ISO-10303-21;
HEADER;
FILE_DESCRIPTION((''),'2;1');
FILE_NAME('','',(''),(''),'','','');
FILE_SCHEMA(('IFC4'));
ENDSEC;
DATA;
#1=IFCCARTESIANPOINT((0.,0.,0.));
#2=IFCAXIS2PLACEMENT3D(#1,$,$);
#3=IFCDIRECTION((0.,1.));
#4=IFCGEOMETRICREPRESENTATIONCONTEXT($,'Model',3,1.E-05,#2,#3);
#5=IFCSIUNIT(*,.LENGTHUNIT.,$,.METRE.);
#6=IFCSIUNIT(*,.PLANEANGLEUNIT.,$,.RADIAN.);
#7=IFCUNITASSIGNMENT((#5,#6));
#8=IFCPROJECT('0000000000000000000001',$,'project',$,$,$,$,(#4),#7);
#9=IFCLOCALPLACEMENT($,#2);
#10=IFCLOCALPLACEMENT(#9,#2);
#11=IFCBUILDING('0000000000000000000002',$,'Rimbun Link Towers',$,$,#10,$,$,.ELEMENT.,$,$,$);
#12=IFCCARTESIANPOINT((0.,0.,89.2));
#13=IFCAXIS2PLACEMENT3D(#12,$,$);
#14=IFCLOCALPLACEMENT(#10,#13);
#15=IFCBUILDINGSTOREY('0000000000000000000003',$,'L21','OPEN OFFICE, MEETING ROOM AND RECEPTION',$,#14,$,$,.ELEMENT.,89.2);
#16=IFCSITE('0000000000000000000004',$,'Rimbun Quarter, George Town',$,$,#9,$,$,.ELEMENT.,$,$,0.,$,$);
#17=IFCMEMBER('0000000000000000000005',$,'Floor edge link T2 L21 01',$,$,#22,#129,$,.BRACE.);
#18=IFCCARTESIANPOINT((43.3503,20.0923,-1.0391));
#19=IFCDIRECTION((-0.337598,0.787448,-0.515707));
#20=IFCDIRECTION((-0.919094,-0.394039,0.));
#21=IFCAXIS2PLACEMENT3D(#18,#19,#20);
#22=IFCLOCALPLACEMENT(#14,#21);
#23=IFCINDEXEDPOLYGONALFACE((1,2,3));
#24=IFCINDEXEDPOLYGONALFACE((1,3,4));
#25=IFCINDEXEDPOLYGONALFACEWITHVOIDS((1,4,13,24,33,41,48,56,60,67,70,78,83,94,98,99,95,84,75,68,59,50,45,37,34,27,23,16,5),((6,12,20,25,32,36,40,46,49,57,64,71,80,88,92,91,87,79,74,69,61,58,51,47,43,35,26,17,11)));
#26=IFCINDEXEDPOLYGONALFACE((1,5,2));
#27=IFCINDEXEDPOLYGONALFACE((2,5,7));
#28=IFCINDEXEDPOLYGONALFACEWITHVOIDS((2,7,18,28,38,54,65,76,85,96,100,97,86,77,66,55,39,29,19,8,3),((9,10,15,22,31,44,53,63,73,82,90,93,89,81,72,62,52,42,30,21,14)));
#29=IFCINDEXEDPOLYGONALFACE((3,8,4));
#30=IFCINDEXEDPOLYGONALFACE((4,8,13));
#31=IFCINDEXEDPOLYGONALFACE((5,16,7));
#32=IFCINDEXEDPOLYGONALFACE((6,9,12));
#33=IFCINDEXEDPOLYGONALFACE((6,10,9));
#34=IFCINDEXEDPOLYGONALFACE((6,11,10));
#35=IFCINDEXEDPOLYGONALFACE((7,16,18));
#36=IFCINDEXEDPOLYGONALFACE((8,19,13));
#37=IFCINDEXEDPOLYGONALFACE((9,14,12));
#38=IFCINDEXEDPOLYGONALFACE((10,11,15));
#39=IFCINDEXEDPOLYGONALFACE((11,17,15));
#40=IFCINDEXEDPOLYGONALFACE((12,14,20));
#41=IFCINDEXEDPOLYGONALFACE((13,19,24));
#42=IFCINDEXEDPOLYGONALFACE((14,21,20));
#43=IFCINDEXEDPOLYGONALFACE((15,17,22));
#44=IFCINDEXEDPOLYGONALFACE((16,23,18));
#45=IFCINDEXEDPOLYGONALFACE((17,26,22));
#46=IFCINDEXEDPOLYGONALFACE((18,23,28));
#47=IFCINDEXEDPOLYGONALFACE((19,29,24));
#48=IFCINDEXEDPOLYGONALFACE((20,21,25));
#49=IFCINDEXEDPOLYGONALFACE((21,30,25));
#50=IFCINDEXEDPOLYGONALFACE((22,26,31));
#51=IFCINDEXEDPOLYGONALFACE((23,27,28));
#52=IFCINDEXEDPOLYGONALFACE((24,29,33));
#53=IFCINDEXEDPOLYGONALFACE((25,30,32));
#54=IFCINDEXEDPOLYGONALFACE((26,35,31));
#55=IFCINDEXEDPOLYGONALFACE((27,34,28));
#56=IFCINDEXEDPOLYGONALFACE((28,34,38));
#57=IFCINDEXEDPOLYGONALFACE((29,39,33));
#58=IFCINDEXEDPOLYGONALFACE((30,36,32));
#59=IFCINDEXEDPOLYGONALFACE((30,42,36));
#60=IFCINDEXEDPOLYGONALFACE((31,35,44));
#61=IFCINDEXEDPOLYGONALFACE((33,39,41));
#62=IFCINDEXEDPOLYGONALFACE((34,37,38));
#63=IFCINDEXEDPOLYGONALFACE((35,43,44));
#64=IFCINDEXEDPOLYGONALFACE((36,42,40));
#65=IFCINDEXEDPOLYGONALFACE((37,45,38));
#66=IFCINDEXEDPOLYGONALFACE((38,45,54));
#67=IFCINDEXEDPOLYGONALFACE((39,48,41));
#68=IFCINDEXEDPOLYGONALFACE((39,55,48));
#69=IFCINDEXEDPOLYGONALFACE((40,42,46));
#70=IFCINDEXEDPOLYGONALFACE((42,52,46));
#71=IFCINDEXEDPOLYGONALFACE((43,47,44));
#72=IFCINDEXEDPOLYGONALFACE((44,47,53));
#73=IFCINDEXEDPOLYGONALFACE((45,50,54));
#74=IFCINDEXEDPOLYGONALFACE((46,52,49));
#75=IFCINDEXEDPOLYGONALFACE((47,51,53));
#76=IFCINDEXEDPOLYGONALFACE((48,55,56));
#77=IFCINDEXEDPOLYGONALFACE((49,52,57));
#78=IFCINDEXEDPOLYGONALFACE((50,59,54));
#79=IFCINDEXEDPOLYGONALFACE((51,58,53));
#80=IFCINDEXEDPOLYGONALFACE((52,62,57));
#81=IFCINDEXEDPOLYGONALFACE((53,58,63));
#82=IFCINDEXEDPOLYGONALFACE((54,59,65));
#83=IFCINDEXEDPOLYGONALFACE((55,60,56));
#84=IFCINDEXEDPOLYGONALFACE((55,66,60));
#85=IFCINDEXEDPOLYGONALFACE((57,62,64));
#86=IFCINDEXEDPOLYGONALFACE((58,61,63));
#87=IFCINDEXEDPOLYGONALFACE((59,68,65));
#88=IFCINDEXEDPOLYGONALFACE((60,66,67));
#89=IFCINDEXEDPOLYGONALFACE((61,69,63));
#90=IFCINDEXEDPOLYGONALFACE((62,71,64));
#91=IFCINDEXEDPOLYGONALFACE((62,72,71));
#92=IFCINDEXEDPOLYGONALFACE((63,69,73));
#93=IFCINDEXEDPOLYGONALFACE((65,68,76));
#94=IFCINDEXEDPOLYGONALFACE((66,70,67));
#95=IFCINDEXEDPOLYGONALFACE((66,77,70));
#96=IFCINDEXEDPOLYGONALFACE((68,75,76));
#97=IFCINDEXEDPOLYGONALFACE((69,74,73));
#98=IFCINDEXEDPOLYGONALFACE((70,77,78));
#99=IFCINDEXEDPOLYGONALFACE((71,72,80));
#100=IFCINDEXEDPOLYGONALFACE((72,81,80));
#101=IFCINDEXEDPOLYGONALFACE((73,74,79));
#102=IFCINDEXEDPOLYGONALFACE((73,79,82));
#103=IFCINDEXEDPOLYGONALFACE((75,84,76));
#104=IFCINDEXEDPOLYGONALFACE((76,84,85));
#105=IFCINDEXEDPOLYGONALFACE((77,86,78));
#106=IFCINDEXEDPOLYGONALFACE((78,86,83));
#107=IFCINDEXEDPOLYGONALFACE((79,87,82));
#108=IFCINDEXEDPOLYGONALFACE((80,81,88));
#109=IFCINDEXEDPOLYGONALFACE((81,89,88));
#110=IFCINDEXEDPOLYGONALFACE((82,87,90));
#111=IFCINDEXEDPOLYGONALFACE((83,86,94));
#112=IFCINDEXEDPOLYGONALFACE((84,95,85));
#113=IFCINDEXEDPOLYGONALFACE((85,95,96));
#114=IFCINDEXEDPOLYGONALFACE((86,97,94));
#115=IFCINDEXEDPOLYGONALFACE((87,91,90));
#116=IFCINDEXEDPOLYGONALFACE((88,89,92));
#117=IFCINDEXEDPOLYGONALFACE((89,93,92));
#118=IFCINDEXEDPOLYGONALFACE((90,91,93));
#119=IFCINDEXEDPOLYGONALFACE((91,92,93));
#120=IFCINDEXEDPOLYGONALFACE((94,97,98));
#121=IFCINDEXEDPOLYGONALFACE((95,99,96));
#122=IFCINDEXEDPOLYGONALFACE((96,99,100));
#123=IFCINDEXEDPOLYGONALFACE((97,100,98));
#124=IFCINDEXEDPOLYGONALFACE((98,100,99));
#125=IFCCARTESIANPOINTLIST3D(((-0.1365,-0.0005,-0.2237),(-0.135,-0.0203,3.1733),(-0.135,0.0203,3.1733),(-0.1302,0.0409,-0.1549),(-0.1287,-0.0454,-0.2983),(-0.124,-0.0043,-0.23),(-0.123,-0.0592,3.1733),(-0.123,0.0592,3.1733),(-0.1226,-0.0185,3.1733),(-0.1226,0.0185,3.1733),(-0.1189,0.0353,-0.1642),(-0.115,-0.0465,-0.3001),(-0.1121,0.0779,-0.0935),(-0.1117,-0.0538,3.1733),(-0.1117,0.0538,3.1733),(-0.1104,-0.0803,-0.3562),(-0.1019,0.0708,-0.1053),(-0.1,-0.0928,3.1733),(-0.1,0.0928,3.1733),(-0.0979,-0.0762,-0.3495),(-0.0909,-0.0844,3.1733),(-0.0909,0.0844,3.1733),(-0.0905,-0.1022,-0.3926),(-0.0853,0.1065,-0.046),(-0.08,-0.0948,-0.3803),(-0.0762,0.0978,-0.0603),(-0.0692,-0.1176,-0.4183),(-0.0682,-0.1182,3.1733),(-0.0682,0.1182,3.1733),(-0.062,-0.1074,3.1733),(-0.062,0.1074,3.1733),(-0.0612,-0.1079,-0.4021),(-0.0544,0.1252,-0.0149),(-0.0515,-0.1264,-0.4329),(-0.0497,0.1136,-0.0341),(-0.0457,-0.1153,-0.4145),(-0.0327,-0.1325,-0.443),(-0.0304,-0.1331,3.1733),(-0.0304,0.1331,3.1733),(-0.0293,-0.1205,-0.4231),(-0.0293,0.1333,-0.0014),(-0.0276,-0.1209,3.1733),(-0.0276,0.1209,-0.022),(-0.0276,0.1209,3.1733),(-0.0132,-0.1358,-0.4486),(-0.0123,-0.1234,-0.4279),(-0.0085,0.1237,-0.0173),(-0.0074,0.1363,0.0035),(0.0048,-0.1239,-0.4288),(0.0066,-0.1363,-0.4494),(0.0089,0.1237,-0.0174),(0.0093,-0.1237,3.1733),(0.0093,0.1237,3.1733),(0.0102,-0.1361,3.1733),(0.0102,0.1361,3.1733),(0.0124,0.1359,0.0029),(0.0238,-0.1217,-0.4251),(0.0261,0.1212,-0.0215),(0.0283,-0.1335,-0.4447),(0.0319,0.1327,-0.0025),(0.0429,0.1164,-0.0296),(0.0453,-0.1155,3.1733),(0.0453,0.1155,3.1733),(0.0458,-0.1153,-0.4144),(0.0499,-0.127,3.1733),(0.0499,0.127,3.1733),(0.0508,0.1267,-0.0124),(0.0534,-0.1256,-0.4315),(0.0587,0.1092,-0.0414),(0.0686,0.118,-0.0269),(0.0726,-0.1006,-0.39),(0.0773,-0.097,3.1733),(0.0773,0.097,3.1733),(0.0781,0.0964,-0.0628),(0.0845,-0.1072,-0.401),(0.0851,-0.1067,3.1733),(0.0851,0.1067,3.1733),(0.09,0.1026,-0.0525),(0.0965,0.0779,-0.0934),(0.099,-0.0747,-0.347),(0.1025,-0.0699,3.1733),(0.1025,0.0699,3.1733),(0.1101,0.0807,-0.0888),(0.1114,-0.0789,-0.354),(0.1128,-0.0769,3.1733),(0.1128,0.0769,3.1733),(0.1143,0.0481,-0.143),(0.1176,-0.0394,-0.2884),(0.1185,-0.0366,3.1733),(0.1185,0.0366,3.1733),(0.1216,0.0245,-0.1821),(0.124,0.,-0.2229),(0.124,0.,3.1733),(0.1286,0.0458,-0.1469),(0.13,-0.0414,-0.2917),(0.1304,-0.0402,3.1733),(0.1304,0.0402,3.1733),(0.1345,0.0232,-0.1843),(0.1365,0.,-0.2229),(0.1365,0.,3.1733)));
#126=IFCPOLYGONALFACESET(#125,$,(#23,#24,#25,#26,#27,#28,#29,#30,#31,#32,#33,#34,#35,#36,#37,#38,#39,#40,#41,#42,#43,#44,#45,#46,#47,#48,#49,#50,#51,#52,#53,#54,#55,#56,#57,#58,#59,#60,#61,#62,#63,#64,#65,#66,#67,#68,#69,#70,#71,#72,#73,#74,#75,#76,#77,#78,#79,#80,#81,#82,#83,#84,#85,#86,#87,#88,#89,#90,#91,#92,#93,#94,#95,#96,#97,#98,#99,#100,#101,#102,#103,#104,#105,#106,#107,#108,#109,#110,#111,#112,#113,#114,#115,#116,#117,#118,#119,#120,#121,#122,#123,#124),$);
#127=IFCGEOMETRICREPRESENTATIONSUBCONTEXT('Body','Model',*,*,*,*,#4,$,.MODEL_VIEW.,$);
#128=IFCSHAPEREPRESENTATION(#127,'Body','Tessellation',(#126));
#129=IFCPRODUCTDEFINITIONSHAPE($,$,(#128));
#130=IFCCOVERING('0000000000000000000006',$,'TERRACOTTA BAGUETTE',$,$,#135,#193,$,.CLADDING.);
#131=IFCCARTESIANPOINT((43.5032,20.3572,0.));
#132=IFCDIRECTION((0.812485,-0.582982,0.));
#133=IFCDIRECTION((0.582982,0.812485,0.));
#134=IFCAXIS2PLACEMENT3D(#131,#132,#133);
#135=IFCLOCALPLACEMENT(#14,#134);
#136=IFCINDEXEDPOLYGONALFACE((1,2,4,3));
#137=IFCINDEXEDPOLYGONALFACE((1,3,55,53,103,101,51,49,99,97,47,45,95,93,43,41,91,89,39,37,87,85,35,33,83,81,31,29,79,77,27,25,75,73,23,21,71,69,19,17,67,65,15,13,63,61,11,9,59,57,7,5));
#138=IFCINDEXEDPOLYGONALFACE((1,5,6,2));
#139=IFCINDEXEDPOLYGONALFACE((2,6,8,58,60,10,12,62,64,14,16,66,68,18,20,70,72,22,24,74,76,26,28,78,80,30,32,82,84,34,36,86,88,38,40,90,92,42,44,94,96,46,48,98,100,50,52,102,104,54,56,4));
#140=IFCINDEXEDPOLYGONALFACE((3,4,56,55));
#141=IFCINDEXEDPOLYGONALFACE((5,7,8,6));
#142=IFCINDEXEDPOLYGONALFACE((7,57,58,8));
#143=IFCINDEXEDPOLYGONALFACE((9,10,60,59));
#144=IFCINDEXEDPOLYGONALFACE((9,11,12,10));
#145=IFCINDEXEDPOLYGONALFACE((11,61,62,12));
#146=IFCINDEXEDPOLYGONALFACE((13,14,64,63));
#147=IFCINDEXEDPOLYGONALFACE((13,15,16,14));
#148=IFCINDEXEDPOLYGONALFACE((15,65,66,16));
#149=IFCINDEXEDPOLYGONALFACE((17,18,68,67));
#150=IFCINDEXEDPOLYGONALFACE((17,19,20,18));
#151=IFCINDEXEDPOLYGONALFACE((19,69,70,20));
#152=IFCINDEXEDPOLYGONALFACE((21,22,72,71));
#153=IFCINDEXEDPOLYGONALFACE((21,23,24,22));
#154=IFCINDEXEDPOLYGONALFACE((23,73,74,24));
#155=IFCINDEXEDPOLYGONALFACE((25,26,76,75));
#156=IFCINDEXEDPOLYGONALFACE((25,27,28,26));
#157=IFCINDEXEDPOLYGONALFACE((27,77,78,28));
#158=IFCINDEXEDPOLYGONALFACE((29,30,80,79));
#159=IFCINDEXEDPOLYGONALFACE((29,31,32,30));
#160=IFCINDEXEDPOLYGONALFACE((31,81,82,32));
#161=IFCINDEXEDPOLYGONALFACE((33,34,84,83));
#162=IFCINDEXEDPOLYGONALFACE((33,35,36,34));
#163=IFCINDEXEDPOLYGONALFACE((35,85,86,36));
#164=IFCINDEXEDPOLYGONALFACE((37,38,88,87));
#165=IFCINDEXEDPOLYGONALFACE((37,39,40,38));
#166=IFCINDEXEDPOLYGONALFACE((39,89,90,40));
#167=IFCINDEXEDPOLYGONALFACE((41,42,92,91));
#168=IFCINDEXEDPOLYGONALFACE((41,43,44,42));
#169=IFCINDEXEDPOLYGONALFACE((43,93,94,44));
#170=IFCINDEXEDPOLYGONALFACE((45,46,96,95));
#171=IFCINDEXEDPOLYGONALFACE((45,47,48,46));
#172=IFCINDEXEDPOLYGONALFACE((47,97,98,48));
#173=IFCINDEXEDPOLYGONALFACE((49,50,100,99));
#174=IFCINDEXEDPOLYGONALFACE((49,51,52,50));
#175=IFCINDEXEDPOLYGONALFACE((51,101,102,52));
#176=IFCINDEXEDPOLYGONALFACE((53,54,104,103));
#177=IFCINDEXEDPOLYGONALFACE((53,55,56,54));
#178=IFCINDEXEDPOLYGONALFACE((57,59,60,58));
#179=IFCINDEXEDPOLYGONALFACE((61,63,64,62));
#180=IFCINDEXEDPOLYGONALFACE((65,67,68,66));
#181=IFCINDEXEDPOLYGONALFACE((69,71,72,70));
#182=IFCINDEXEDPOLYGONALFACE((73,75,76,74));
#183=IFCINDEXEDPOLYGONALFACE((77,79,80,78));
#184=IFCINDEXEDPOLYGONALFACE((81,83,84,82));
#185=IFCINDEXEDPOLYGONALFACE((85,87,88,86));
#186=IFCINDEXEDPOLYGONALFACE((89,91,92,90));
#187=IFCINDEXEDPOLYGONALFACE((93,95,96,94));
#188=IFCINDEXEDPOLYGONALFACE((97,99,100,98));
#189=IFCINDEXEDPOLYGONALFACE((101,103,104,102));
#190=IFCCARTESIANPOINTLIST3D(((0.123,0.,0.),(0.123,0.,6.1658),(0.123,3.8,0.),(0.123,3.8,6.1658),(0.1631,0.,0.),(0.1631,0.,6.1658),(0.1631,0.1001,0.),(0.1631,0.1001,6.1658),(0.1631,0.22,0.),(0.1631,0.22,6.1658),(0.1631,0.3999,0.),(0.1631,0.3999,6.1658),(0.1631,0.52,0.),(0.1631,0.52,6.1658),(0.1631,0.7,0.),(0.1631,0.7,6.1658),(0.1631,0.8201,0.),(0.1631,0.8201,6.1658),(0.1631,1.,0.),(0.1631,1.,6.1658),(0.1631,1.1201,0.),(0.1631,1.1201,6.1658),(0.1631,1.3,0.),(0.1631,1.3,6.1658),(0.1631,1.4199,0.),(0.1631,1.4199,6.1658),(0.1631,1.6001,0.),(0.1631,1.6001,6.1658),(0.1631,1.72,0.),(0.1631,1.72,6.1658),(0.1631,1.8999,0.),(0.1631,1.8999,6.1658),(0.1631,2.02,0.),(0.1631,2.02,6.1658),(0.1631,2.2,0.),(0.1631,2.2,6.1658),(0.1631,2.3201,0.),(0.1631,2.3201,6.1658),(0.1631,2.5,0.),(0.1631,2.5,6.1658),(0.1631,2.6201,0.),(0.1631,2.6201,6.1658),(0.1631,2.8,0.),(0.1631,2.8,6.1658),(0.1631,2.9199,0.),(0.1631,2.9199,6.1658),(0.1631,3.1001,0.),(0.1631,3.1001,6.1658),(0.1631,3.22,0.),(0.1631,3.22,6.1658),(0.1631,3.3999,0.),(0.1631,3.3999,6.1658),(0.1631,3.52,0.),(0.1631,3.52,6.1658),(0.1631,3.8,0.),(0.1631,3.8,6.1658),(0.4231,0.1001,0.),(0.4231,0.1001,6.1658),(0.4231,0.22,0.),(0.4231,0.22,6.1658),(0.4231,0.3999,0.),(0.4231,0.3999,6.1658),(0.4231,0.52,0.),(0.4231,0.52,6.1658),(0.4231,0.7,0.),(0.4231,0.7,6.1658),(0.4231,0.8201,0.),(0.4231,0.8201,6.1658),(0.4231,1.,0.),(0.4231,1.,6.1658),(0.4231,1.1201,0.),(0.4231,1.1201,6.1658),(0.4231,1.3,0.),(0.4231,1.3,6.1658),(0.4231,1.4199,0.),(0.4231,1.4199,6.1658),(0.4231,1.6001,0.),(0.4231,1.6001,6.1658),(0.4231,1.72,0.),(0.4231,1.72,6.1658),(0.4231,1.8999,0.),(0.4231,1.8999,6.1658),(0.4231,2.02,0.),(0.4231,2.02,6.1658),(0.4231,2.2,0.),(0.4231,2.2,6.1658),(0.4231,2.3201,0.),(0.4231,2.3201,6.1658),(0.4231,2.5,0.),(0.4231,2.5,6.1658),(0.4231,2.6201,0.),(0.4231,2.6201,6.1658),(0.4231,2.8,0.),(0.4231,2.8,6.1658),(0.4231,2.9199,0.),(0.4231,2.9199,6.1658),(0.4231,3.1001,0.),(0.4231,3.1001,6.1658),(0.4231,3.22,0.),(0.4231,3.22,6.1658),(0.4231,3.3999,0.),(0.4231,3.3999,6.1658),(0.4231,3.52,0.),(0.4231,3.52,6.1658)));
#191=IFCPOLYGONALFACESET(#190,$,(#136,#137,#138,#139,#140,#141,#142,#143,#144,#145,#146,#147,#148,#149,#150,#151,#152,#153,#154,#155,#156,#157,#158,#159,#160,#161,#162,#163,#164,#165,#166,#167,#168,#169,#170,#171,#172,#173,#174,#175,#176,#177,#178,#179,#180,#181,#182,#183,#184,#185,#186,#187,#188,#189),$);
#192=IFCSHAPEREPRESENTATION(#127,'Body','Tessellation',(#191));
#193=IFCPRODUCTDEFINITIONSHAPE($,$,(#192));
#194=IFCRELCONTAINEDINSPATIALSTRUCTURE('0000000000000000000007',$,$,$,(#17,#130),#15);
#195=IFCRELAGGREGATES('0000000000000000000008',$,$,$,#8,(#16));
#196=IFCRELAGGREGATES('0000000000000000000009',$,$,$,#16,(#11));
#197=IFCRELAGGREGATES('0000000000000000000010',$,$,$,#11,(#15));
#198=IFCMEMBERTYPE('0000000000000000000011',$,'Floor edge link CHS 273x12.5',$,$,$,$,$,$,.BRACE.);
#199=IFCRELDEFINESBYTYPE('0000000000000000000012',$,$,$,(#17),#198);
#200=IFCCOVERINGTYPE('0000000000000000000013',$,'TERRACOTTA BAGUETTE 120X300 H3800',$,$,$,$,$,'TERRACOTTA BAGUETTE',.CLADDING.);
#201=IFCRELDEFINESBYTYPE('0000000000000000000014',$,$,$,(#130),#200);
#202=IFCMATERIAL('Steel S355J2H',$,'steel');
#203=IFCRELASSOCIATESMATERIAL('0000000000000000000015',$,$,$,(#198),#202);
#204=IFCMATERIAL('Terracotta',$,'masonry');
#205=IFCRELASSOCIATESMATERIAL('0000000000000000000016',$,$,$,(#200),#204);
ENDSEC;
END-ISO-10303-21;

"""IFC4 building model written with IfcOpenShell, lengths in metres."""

from ifc_helpers import new_model, si_unit, direction, frame, origin, origin_2d, place, context, subcontext, project, spatial, polyline, hollow_circle, outline, extrude, clip, halfspace, material, material_profile, profile_set, type_object, element, save


model = new_model("IFC4")

# Units and contexts
model_context = context("Model", 3, precision=1e-05, world=origin(), true_north=direction((0.0, 1.0)))
body_context = subcontext(model_context, "Body", "Model", "MODEL_VIEW")
ifc_project = project(units=[si_unit("LENGTHUNIT", "METRE"), si_unit("PLANEANGLEUNIT", "RADIAN")], contexts=[model_context])

# Site, building, storey
site_placement = place(None, origin())
site = spatial("IfcSite", under=ifc_project, at=site_placement, Name="Rimbun Quarter, George Town", CompositionType="ELEMENT", RefElevation=0.0)
building_placement = place(site_placement, origin())
building = spatial("IfcBuilding", under=site, at=building_placement, Name="Rimbun Link Towers", CompositionType="ELEMENT")
storey_placement = place(building_placement, frame((0.0, 0.0, 89.2)))
storey = spatial("IfcBuildingStorey", under=building, at=storey_placement, Name="L21", Description="OPEN OFFICE, MEETING ROOM AND RECEPTION", CompositionType="ELEMENT", Elevation=89.2)

# Member
ifc_material_1 = material(Name="Steel S355J2H", Category="steel")
ifc_material_profile_1 = material_profile(ifc_material_1, hollow_circle(Radius=0.1365, WallThickness=0.0125, at=origin_2d()), Name="CHS 273x12.5")
ifc_profile_set_1 = profile_set([ifc_material_profile_1], Name="Steel S355J2H")
member_type_1 = type_object("IfcMemberType", Name="Floor edge link CHS 273x12.5", PredefinedType="BRACE", material=ifc_profile_set_1)
member_1_placement = place(storey_placement, frame((43.3503, 20.0923, -1.0391), z_axis=(-0.337598, 0.787448, -0.515707), x_axis=(-0.919094, -0.394039, 0.0)))
element("IfcMember", 1, at=member_1_placement, inside=storey, type_object=member_type_1, Name="Floor edge link T2 L21 01", PredefinedType="BRACE", context=body_context, shape_type="Clipping", body=[
    clip(extrude(hollow_circle(Radius=0.1365, WallThickness=0.0125, at=origin_2d()), frame((0.0, 0.0, -0.4729)), (0.0, 0.0, 1.0), 3.6462), halfspace(frame((0.0, 0.0, -0.2229), z_axis=(0.0, 0.856765, -0.515707)), False)),
])

# Covering
ifc_material_2 = material(Name="Terracotta", Category="masonry")
ifc_material_profile_2 = material_profile(ifc_material_2, outline(polyline([(0.123, 0.0), (0.1631, 0.0), (0.1631, 0.1001), (0.4231, 0.1001), (0.4231, 0.22), (0.1631, 0.22), (0.1631, 0.3999), (0.4231, 0.3999), (0.4231, 0.52), (0.1631, 0.52), (0.1631, 0.7), (0.4231, 0.7), (0.4231, 0.8201), (0.1631, 0.8201), (0.1631, 1.0), (0.4231, 1.0), (0.4231, 1.1201), (0.1631, 1.1201), (0.1631, 1.3), (0.4231, 1.3), (0.4231, 1.4199), (0.1631, 1.4199), (0.1631, 1.6001), (0.4231, 1.6001), (0.4231, 1.72), (0.1631, 1.72), (0.1631, 1.8999), (0.4231, 1.8999), (0.4231, 2.02), (0.1631, 2.02), (0.1631, 2.2), (0.4231, 2.2), (0.4231, 2.3201), (0.1631, 2.3201), (0.1631, 2.5), (0.4231, 2.5), (0.4231, 2.6201), (0.1631, 2.6201), (0.1631, 2.8), (0.4231, 2.8), (0.4231, 2.9199), (0.1631, 2.9199), (0.1631, 3.1001), (0.4231, 3.1001), (0.4231, 3.22), (0.1631, 3.22), (0.1631, 3.3999), (0.4231, 3.3999), (0.4231, 3.52), (0.1631, 3.52), (0.1631, 3.8), (0.123, 3.8), (0.123, 0.0)])), Name="BAGUETTE 120X300")
ifc_profile_set_2 = profile_set([ifc_material_profile_2], Name="Terracotta")
covering_type = type_object("IfcCoveringType", Name="TERRACOTTA BAGUETTE 120X300 H3800", ElementType="TERRACOTTA BAGUETTE", PredefinedType="CLADDING", material=ifc_profile_set_2)
covering_1_placement = place(storey_placement, frame((43.5032, 20.3572, 0.0), z_axis=(0.812485, -0.582982, 0.0), x_axis=(0.582982, 0.812485, 0.0)))
element("IfcCovering", 2, at=covering_1_placement, inside=storey, type_object=covering_type, Name="TERRACOTTA BAGUETTE", PredefinedType="CLADDING", context=body_context, shape_type="SweptSolid", body=[
    extrude(outline(polyline([(0.123, 0.0), (0.1631, 0.0), (0.1631, 0.1001), (0.4231, 0.1001), (0.4231, 0.22), (0.1631, 0.22), (0.1631, 0.3999), (0.4231, 0.3999), (0.4231, 0.52), (0.1631, 0.52), (0.1631, 0.7), (0.4231, 0.7), (0.4231, 0.8201), (0.1631, 0.8201), (0.1631, 1.0), (0.4231, 1.0), (0.4231, 1.1201), (0.1631, 1.1201), (0.1631, 1.3), (0.4231, 1.3), (0.4231, 1.4199), (0.1631, 1.4199), (0.1631, 1.6001), (0.4231, 1.6001), (0.4231, 1.72), (0.1631, 1.72), (0.1631, 1.8999), (0.4231, 1.8999), (0.4231, 2.02), (0.1631, 2.02), (0.1631, 2.2), (0.4231, 2.2), (0.4231, 2.3201), (0.1631, 2.3201), (0.1631, 2.5), (0.4231, 2.5), (0.4231, 2.6201), (0.1631, 2.6201), (0.1631, 2.8), (0.4231, 2.8), (0.4231, 2.9199), (0.1631, 2.9199), (0.1631, 3.1001), (0.4231, 3.1001), (0.4231, 3.22), (0.1631, 3.22), (0.1631, 3.3999), (0.4231, 3.3999), (0.4231, 3.52), (0.1631, 3.52), (0.1631, 3.8), (0.123, 3.8), (0.123, 0.0)])), origin(), (0.0, 0.0, 1.0), 6.1658),
])

save(model, "model.ifc")
